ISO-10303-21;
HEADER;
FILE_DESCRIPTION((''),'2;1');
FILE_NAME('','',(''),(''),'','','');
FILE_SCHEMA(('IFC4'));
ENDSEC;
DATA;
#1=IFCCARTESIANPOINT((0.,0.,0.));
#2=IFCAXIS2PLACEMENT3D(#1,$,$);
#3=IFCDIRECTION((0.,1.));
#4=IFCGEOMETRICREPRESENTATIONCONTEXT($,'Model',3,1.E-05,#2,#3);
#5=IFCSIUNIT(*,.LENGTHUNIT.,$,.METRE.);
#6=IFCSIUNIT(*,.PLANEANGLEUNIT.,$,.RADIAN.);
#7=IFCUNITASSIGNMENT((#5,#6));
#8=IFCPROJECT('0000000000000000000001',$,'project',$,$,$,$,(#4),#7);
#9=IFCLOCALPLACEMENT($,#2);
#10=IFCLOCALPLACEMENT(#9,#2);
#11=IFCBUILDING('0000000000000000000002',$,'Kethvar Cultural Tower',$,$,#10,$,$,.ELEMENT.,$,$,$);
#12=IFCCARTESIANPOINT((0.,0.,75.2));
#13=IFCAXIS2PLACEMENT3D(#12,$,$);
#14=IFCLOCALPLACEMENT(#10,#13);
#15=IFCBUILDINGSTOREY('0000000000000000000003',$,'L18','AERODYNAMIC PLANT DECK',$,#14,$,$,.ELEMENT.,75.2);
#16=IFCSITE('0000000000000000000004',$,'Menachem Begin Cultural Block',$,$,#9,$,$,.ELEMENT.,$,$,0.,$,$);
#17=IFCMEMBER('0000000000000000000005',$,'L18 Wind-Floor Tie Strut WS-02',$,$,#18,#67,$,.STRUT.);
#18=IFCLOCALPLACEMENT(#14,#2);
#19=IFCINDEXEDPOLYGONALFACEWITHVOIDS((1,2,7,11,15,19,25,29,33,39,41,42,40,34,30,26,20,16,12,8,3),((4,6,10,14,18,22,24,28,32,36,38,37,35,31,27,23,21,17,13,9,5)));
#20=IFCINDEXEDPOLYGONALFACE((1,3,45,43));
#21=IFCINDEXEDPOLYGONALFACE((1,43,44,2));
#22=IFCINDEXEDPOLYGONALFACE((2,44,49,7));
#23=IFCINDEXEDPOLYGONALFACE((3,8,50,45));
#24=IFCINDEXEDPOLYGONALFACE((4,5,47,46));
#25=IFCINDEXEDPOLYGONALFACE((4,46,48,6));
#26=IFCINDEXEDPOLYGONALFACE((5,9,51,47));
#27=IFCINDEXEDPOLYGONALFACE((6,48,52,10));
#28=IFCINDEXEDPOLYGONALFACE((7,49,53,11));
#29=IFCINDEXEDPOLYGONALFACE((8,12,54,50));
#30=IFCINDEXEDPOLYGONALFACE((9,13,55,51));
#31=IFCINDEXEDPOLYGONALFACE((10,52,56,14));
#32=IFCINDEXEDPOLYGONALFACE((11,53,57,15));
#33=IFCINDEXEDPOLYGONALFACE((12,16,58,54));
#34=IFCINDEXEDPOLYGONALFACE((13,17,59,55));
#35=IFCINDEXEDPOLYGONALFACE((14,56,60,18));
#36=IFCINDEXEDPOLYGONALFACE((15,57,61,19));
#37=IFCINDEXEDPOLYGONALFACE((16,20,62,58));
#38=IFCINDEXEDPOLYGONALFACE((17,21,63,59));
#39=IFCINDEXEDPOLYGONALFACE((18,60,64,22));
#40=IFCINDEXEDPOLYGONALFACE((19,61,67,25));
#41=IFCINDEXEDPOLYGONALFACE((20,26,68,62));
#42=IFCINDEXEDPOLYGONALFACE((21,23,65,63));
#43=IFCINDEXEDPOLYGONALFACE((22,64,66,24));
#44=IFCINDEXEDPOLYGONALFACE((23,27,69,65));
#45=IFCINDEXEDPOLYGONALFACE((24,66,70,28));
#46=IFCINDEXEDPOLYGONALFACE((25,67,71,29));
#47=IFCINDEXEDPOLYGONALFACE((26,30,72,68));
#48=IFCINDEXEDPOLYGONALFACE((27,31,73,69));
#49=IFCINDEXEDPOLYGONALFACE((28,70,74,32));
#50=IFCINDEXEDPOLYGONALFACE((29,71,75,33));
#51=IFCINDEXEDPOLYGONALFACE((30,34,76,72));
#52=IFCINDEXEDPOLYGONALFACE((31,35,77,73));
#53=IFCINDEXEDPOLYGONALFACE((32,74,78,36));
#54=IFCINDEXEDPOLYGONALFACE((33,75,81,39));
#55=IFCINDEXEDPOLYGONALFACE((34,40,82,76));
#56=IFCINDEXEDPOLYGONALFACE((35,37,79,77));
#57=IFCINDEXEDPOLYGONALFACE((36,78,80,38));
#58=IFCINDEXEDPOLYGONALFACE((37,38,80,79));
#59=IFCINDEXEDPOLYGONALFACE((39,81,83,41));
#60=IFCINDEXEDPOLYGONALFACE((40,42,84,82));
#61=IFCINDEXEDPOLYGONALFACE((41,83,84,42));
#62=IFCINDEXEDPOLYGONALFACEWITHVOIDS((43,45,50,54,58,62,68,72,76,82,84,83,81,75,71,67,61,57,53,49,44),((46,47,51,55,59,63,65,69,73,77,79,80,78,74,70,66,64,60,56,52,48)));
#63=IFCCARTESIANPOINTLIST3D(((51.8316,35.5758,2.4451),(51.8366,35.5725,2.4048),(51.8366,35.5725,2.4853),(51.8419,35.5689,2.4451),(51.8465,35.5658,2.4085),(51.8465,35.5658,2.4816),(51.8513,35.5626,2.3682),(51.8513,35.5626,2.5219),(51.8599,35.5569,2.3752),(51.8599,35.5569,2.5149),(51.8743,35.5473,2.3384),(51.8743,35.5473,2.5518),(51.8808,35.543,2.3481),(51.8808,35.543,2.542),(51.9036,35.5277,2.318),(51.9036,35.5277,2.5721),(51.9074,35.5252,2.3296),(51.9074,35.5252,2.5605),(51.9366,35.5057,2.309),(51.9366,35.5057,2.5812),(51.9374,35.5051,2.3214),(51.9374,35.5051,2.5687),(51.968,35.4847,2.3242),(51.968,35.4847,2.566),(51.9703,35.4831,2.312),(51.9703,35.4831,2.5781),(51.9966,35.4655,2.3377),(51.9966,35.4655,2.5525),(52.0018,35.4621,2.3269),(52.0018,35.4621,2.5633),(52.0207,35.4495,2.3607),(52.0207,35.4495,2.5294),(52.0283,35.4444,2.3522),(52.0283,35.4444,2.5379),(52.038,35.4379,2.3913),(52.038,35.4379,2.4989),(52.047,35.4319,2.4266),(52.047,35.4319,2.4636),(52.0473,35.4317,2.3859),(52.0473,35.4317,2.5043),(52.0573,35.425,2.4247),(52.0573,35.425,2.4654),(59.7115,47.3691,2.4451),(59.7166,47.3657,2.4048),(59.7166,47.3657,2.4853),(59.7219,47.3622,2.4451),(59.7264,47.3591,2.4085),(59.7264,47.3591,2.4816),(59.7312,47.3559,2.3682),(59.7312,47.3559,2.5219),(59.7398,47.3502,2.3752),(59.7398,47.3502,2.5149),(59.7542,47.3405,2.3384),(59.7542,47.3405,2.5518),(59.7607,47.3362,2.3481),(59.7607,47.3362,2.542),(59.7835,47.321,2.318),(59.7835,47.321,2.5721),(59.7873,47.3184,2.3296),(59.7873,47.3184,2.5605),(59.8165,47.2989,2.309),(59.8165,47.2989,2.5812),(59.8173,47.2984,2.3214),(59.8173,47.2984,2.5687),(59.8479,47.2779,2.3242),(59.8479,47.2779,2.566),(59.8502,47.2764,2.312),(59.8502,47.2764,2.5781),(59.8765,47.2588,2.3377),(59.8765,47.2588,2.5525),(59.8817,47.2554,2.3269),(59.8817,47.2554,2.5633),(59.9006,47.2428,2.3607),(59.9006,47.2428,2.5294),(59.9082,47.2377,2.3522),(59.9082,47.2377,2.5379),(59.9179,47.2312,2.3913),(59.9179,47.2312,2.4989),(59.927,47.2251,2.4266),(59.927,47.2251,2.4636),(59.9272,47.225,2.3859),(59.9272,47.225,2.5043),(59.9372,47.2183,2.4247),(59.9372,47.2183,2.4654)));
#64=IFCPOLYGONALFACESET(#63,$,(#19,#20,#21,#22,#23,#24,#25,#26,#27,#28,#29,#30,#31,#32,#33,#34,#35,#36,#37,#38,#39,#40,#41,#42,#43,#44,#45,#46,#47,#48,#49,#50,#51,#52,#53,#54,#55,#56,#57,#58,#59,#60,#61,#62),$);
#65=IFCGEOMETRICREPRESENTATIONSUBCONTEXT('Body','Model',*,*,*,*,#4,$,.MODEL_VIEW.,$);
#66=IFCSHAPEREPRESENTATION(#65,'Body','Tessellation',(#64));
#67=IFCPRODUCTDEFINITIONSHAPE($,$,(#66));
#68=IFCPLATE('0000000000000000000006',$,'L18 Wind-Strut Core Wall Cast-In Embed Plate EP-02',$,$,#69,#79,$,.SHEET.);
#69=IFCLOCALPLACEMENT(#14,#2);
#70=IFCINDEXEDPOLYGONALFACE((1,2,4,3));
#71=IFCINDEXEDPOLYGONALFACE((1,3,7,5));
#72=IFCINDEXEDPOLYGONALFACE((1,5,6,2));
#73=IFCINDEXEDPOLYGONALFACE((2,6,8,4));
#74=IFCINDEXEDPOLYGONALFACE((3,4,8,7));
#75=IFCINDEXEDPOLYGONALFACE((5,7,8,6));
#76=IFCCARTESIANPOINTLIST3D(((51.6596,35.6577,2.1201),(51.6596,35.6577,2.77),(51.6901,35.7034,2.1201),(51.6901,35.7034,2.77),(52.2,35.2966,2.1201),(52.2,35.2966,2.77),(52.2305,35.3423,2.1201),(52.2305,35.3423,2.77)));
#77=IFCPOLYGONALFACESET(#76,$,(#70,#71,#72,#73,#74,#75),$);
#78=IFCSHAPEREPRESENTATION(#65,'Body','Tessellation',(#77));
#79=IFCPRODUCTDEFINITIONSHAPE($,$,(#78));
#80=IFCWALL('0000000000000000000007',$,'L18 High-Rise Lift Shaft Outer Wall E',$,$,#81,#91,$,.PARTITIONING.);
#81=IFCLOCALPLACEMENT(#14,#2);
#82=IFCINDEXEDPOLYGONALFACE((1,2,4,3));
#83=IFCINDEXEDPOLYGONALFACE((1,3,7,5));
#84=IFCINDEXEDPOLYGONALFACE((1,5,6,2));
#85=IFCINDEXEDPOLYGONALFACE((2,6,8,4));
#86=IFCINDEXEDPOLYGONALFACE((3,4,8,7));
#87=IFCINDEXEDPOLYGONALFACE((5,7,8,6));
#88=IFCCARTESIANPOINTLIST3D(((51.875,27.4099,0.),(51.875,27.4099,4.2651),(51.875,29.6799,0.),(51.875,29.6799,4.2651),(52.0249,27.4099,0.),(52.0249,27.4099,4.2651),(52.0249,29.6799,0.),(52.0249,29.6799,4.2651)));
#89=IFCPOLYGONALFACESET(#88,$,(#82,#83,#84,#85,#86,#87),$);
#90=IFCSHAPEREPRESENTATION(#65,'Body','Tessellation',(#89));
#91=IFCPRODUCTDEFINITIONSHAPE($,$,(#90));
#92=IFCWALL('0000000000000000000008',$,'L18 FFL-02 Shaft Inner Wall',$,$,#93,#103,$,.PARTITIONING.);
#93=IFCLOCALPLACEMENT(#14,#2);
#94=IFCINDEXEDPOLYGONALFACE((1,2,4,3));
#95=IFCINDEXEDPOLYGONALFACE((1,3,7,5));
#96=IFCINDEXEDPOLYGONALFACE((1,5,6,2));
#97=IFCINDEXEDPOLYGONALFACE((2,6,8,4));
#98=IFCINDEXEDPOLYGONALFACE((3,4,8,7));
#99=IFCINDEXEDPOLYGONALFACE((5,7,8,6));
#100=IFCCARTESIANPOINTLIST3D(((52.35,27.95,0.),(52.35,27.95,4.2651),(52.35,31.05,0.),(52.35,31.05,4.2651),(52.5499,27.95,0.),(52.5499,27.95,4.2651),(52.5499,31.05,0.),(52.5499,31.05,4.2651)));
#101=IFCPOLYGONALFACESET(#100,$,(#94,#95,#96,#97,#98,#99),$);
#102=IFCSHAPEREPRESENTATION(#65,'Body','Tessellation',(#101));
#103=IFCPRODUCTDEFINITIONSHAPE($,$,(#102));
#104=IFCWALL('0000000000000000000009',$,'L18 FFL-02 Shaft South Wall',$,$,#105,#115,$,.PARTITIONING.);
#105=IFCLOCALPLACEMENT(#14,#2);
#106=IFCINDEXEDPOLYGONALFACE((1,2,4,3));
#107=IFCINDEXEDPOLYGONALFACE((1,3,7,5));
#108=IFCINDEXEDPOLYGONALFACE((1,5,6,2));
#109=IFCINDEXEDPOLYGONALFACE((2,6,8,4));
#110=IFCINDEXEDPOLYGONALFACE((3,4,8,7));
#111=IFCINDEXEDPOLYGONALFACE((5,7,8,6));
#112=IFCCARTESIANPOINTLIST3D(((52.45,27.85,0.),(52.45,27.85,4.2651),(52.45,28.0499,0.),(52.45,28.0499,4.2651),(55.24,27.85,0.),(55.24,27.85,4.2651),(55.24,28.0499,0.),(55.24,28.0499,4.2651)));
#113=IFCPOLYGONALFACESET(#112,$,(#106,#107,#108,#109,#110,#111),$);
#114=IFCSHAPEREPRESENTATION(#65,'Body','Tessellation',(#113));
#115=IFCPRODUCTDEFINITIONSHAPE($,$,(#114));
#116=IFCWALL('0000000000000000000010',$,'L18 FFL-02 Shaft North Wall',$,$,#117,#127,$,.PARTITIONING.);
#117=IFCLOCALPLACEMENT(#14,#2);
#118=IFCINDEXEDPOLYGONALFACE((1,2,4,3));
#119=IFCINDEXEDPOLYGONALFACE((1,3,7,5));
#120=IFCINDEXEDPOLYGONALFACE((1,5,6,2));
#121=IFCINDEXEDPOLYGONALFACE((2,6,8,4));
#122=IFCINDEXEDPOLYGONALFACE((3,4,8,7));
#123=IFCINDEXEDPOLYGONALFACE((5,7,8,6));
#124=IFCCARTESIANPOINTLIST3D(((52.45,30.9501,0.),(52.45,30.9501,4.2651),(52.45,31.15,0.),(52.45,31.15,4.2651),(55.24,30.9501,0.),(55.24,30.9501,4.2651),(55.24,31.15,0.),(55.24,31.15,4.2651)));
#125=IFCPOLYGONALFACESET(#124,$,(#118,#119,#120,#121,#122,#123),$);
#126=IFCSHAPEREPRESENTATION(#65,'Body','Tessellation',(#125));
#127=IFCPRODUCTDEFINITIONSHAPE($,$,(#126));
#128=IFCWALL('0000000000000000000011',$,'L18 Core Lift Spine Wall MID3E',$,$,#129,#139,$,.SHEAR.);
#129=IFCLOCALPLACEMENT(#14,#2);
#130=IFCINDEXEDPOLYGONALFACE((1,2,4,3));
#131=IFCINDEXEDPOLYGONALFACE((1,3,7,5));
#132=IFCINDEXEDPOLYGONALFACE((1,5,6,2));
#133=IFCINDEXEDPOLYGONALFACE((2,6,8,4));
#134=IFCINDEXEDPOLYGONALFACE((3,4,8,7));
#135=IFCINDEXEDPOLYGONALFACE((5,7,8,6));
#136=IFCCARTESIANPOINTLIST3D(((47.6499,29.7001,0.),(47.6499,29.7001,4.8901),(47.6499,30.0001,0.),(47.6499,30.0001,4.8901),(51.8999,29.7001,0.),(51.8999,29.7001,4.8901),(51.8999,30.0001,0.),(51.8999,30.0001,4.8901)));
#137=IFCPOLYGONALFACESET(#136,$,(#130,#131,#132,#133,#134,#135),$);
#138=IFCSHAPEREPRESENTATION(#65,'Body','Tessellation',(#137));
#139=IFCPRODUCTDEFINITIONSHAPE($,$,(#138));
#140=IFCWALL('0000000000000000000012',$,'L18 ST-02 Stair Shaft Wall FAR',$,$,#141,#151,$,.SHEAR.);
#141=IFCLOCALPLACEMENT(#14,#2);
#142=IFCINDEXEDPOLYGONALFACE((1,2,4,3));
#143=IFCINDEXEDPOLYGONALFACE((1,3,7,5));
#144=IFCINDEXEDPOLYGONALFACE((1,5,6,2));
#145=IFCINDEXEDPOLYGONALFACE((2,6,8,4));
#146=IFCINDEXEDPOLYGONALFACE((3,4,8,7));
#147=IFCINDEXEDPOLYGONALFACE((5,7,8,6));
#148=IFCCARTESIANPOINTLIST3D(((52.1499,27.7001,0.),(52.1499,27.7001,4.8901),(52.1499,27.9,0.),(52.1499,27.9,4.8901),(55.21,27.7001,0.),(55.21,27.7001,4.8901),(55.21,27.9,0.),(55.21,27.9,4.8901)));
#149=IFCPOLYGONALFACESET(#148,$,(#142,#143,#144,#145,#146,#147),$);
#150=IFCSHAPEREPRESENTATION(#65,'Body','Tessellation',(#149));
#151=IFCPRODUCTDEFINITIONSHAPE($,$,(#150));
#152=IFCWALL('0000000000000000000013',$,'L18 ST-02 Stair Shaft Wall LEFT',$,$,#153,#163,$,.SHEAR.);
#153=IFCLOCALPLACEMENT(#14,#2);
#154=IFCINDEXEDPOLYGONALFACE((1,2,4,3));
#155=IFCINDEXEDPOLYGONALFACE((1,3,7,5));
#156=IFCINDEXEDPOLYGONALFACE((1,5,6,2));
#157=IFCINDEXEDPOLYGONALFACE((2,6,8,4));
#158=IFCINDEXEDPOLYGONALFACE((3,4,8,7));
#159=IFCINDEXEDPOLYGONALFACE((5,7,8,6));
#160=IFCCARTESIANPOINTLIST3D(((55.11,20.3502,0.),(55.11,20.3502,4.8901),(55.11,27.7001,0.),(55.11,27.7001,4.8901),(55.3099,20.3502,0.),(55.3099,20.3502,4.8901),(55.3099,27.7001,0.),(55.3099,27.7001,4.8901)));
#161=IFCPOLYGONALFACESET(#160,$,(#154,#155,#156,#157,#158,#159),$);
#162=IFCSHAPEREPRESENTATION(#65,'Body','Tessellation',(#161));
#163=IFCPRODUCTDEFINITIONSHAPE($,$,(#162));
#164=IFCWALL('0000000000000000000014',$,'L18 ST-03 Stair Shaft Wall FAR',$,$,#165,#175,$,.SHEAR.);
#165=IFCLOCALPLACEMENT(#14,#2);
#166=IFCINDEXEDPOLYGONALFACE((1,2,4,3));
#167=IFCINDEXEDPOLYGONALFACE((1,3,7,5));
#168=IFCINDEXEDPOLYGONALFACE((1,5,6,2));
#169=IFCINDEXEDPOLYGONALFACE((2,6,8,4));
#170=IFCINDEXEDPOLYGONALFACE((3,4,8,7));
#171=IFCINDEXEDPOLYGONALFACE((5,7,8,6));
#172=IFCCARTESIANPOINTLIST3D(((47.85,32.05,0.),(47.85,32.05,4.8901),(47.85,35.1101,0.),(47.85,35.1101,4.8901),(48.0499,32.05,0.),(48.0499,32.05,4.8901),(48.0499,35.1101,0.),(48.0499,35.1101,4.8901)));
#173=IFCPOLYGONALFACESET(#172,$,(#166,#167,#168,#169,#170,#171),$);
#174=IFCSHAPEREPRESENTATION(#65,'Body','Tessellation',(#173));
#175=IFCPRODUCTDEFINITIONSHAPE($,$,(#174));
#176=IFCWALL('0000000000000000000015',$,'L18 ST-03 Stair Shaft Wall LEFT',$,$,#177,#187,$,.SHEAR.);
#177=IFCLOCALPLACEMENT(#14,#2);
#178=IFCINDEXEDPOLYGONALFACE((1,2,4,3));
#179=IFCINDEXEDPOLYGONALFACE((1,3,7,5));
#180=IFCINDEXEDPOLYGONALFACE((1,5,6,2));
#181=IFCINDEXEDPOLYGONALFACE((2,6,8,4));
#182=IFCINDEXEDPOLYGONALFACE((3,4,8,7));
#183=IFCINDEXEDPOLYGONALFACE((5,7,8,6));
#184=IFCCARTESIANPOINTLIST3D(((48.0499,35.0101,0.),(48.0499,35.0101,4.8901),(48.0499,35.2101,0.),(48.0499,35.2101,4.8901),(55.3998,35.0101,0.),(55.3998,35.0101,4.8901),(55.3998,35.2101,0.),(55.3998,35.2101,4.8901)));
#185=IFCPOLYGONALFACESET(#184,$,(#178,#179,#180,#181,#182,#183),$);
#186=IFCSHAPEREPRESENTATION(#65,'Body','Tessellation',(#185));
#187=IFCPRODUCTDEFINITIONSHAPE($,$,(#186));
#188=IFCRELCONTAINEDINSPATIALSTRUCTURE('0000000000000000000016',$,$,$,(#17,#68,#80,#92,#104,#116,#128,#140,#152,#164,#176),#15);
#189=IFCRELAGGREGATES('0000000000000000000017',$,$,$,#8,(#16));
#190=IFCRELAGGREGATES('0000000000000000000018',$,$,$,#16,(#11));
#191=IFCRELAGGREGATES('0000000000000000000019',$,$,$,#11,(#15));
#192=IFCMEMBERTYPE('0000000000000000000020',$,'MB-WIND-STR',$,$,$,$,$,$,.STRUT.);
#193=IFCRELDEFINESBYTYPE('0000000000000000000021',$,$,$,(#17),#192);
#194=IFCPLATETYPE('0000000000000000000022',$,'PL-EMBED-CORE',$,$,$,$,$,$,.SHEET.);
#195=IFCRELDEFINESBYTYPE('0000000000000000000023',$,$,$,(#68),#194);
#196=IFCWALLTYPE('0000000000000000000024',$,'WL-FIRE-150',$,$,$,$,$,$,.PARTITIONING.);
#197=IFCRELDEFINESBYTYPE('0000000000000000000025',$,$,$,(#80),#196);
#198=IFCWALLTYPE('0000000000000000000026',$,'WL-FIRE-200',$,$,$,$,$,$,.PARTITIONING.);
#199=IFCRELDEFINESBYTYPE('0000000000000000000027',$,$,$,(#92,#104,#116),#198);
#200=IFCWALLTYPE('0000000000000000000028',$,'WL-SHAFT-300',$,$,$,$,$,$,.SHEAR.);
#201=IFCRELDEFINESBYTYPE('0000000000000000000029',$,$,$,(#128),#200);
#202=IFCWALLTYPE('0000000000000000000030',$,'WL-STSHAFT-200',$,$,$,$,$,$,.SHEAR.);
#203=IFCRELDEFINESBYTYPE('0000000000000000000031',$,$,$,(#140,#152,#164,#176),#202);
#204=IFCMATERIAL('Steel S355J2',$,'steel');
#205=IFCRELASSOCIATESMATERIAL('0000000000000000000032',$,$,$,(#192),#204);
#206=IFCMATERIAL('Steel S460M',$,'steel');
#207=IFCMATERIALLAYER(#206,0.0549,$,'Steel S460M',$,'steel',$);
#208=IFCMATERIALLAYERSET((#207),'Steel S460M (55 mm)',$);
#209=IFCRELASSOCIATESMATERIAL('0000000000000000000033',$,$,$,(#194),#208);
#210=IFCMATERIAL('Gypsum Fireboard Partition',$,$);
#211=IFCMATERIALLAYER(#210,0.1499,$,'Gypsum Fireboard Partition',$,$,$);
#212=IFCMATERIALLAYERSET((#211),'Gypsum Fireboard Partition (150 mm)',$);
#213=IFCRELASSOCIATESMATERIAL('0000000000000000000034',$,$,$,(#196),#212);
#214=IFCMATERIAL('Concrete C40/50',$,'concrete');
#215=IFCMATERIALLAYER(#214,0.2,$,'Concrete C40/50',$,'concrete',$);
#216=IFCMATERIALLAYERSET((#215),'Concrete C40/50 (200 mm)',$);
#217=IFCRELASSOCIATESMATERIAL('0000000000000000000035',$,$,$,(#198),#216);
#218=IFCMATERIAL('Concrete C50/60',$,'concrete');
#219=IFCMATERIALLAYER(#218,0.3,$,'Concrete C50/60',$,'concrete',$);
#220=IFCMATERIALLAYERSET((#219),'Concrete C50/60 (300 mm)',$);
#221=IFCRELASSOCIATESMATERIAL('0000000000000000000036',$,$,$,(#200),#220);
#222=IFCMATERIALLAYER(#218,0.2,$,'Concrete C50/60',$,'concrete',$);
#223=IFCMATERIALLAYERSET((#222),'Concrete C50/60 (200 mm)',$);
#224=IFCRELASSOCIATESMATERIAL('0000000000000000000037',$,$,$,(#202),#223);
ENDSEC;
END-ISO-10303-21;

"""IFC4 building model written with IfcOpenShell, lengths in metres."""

from ifc_helpers import new_model, si_unit, direction, frame, frame_2d, origin, origin_2d, place, context, subcontext, project, spatial, rectangle, hollow_circle, extrude, source, transform, mapped, material, layer, layer_set, material_profile, profile_set, type_object, element, save


model = new_model("IFC4")

# Units and contexts
model_context = context("Model", 3, precision=1e-05, world=origin(), true_north=direction((0.0, 1.0)))
body_context = subcontext(model_context, "Body", "Model", "MODEL_VIEW")
ifc_project = project(units=[si_unit("LENGTHUNIT", "METRE"), si_unit("PLANEANGLEUNIT", "RADIAN")], contexts=[model_context])

# Site, building, storey
site_placement = place(None, origin())
site = spatial("IfcSite", under=ifc_project, at=site_placement, Name="Menachem Begin Cultural Block", CompositionType="ELEMENT", RefElevation=0.0)
building_placement = place(site_placement, origin())
building = spatial("IfcBuilding", under=site, at=building_placement, Name="Kethvar Cultural Tower", CompositionType="ELEMENT")
storey_placement = place(building_placement, frame((0.0, 0.0, 75.2)))
storey = spatial("IfcBuildingStorey", under=building, at=storey_placement, Name="L18", Description="AERODYNAMIC PLANT DECK", CompositionType="ELEMENT", Elevation=75.2)

# Shared definitions
ifc_material_1 = material(Name="Steel S460M", Category="steel")

# Shared definitions
ifc_material_2 = material(Name="Steel S355J2", Category="steel")

# Member
ifc_material_profile_1 = material_profile(ifc_material_2, hollow_circle(Radius=0.1365, WallThickness=0.0125, at=origin_2d()), Name="Steel S355J2 — CHS273x12.5")
ifc_profile_set_1 = profile_set([ifc_material_profile_1], Name="Steel S355J2 — CHS273x12.5")
member_type = type_object("IfcMemberType", Name="MB-WIND-STR", PredefinedType="STRUT", material=ifc_profile_set_1)
shared_shape_1 = source(origin(), body_context, "Body", "SweptSolid", [
    extrude(hollow_circle(Radius=0.1365, WallThickness=0.0125, at=origin_2d()), origin(), (0.0, 0.0, 1.0), 14.1836),
])
member_placement = place(storey_placement, frame((51.9451, 35.5, 2.4451), z_axis=(0.555566, 0.831473, 0.0), x_axis=(-0.831473, 0.555566, 0.0)))
element("IfcMember", 1, at=member_placement, inside=storey, type_object=member_type, Name="L18 Wind-Floor Tie Strut WS-02", PredefinedType="STRUT", context=body_context, shape_type="MappedRepresentation", body=[
    mapped(shared_shape_1, transform((0.0, 0.0, 0.0), scale=1.0)),
])

# Plate
ifc_layer_1 = layer(ifc_material_1, 0.0549, Name="Steel S460M", Category="steel")
ifc_layer_set_1 = layer_set([ifc_layer_1], Name="Steel S460M (55 mm)")
plate_type = type_object("IfcPlateType", Name="PL-EMBED-CORE", PredefinedType="SHEET", material=ifc_layer_set_1)
shared_shape_2 = source(origin(), body_context, "Body", "SweptSolid", [
    extrude(rectangle(XDim=0.0549, YDim=0.6499, at=origin_2d()), origin(), (0.0, 0.0, 1.0), 0.6499),
])
plate_placement = place(storey_placement, frame((51.9451, 35.5, 2.1201), z_axis=(0.0, 0.0, 1.0), x_axis=(0.55557, 0.83147, 0.0)))
element("IfcPlate", 2, at=plate_placement, inside=storey, type_object=plate_type, Name="L18 Wind-Strut Core Wall Cast-In Embed Plate EP-02", PredefinedType="SHEET", context=body_context, shape_type="MappedRepresentation", body=[
    mapped(shared_shape_2, transform((0.0, 0.0, 0.0), scale=1.0)),
])

# Walls
ifc_material_3 = material(Name="Gypsum Fireboard Partition")
ifc_layer_2 = layer(ifc_material_3, 0.1499, Name="Gypsum Fireboard Partition")
ifc_layer_set_2 = layer_set([ifc_layer_2], Name="Gypsum Fireboard Partition (150 mm)")
wall_type_1 = type_object("IfcWallType", Name="WL-FIRE-150", PredefinedType="PARTITIONING", material=ifc_layer_set_2)
wall_1_placement = place(storey_placement, frame((51.95, 27.4099, 0.0), z_axis=(0.0, 0.0, 1.0), x_axis=(0.0, 1.0, 0.0)))
element("IfcWall", 3, at=wall_1_placement, inside=storey, type_object=wall_type_1, Name="L18 High-Rise Lift Shaft Outer Wall E", PredefinedType="PARTITIONING", context=body_context, shape_type="SweptSolid", body=[
    extrude(rectangle(XDim=2.27, YDim=0.1499, at=frame_2d((1.135, 0.0))), origin(), (0.0, 0.0, 1.0), 4.2651),
])
ifc_material_4 = material(Name="Concrete C40/50", Category="concrete")
ifc_layer_3 = layer(ifc_material_4, 0.2, Name="Concrete C40/50", Category="concrete")
ifc_layer_set_3 = layer_set([ifc_layer_3], Name="Concrete C40/50 (200 mm)")
wall_type_2 = type_object("IfcWallType", Name="WL-FIRE-200", PredefinedType="PARTITIONING", material=ifc_layer_set_3)
wall_2_placement = place(storey_placement, frame((52.45, 27.95, 0.0), z_axis=(0.0, 0.0, 1.0), x_axis=(0.0, 1.0, 0.0)))
element("IfcWall", 4, at=wall_2_placement, inside=storey, type_object=wall_type_2, Name="L18 FFL-02 Shaft Inner Wall", PredefinedType="PARTITIONING", context=body_context, shape_type="SweptSolid", body=[
    extrude(rectangle(XDim=3.1001, YDim=0.2, at=frame_2d((1.55, 0.0))), origin(), (0.0, 0.0, 1.0), 4.2651),
])
for number, where, z_axis, x_axis, name in (
    (5, (52.45, 27.95, 0.0), (0.0, 0.0, 1.0), (1.0, 0.0, 0.0), "L18 FFL-02 Shaft South Wall"),
    (6, (52.45, 31.05, 0.0), (0.0, 0.0, 1.0), (1.0, 0.0, 0.0), "L18 FFL-02 Shaft North Wall"),
):
    element("IfcWall", number, at=place(storey_placement, frame(where, z_axis=z_axis, x_axis=x_axis)), inside=storey, type_object=wall_type_2, Name=name, PredefinedType="PARTITIONING", context=body_context, shape_type="SweptSolid", body=[
        extrude(rectangle(XDim=2.79, YDim=0.2, at=frame_2d((1.395, 0.0))), origin(), (0.0, 0.0, 1.0), 4.2651),
    ])
ifc_material_5 = material(Name="Concrete C50/60", Category="concrete")
ifc_layer_4 = layer(ifc_material_5, 0.3, Name="Concrete C50/60", Category="concrete")
ifc_layer_set_4 = layer_set([ifc_layer_4], Name="Concrete C50/60 (300 mm)")
wall_type_3 = type_object("IfcWallType", Name="WL-SHAFT-300", PredefinedType="SHEAR", material=ifc_layer_set_4)
wall_3_placement = place(storey_placement, frame((47.6499, 29.8501, 0.0), z_axis=(0.0, 0.0, 1.0), x_axis=(1.0, 0.0, 0.0)))
element("IfcWall", 7, at=wall_3_placement, inside=storey, type_object=wall_type_3, Name="L18 Core Lift Spine Wall MID3E", PredefinedType="SHEAR", context=body_context, shape_type="SweptSolid", body=[
    extrude(rectangle(XDim=4.25, YDim=0.3, at=frame_2d((2.125, 0.0))), origin(), (0.0, 0.0, 1.0), 4.8901),
])
ifc_layer_5 = layer(ifc_material_5, 0.2, Name="Concrete C50/60", Category="concrete")
ifc_layer_set_5 = layer_set([ifc_layer_5], Name="Concrete C50/60 (200 mm)")
wall_type_4 = type_object("IfcWallType", Name="WL-STSHAFT-200", PredefinedType="SHEAR", material=ifc_layer_set_5)
wall_4_placement = place(storey_placement, frame((52.1499, 27.8, 0.0), z_axis=(0.0, 0.0, 1.0), x_axis=(1.0, 0.0, 0.0)))
element("IfcWall", 8, at=wall_4_placement, inside=storey, type_object=wall_type_4, Name="L18 ST-02 Stair Shaft Wall FAR", PredefinedType="SHEAR", context=body_context, shape_type="SweptSolid", body=[
    extrude(rectangle(XDim=3.0601, YDim=0.2, at=frame_2d((1.53, 0.0))), origin(), (0.0, 0.0, 1.0), 4.8901),
])
wall_5_placement = place(storey_placement, frame((55.21, 27.7, 0.0), z_axis=(0.0, 0.0, 1.0), x_axis=(0.0, -1.0, 0.0)))
element("IfcWall", 9, at=wall_5_placement, inside=storey, type_object=wall_type_4, Name="L18 ST-02 Stair Shaft Wall LEFT", PredefinedType="SHEAR", context=body_context, shape_type="SweptSolid", body=[
    extrude(rectangle(XDim=7.3499, YDim=0.2, at=frame_2d((3.6748, 0.0))), origin(), (0.0, 0.0, 1.0), 4.8901),
])
wall_6_placement = place(storey_placement, frame((47.95, 32.05, 0.0), z_axis=(0.0, 0.0, 1.0), x_axis=(0.0, 1.0, 0.0)))
element("IfcWall", 10, at=wall_6_placement, inside=storey, type_object=wall_type_4, Name="L18 ST-03 Stair Shaft Wall FAR", PredefinedType="SHEAR", context=body_context, shape_type="SweptSolid", body=[
    extrude(rectangle(XDim=3.0601, YDim=0.2, at=frame_2d((1.53, 0.0))), origin(), (0.0, 0.0, 1.0), 4.8901),
])
wall_7_placement = place(storey_placement, frame((48.05, 35.1101, 0.0), z_axis=(0.0, 0.0, 1.0), x_axis=(1.0, 0.0, 0.0)))
element("IfcWall", 11, at=wall_7_placement, inside=storey, type_object=wall_type_4, Name="L18 ST-03 Stair Shaft Wall LEFT", PredefinedType="SHEAR", context=body_context, shape_type="SweptSolid", body=[
    extrude(rectangle(XDim=7.3499, YDim=0.2, at=frame_2d((3.6748, 0.0))), origin(), (0.0, 0.0, 1.0), 4.8901),
])

save(model, "model.ifc")
